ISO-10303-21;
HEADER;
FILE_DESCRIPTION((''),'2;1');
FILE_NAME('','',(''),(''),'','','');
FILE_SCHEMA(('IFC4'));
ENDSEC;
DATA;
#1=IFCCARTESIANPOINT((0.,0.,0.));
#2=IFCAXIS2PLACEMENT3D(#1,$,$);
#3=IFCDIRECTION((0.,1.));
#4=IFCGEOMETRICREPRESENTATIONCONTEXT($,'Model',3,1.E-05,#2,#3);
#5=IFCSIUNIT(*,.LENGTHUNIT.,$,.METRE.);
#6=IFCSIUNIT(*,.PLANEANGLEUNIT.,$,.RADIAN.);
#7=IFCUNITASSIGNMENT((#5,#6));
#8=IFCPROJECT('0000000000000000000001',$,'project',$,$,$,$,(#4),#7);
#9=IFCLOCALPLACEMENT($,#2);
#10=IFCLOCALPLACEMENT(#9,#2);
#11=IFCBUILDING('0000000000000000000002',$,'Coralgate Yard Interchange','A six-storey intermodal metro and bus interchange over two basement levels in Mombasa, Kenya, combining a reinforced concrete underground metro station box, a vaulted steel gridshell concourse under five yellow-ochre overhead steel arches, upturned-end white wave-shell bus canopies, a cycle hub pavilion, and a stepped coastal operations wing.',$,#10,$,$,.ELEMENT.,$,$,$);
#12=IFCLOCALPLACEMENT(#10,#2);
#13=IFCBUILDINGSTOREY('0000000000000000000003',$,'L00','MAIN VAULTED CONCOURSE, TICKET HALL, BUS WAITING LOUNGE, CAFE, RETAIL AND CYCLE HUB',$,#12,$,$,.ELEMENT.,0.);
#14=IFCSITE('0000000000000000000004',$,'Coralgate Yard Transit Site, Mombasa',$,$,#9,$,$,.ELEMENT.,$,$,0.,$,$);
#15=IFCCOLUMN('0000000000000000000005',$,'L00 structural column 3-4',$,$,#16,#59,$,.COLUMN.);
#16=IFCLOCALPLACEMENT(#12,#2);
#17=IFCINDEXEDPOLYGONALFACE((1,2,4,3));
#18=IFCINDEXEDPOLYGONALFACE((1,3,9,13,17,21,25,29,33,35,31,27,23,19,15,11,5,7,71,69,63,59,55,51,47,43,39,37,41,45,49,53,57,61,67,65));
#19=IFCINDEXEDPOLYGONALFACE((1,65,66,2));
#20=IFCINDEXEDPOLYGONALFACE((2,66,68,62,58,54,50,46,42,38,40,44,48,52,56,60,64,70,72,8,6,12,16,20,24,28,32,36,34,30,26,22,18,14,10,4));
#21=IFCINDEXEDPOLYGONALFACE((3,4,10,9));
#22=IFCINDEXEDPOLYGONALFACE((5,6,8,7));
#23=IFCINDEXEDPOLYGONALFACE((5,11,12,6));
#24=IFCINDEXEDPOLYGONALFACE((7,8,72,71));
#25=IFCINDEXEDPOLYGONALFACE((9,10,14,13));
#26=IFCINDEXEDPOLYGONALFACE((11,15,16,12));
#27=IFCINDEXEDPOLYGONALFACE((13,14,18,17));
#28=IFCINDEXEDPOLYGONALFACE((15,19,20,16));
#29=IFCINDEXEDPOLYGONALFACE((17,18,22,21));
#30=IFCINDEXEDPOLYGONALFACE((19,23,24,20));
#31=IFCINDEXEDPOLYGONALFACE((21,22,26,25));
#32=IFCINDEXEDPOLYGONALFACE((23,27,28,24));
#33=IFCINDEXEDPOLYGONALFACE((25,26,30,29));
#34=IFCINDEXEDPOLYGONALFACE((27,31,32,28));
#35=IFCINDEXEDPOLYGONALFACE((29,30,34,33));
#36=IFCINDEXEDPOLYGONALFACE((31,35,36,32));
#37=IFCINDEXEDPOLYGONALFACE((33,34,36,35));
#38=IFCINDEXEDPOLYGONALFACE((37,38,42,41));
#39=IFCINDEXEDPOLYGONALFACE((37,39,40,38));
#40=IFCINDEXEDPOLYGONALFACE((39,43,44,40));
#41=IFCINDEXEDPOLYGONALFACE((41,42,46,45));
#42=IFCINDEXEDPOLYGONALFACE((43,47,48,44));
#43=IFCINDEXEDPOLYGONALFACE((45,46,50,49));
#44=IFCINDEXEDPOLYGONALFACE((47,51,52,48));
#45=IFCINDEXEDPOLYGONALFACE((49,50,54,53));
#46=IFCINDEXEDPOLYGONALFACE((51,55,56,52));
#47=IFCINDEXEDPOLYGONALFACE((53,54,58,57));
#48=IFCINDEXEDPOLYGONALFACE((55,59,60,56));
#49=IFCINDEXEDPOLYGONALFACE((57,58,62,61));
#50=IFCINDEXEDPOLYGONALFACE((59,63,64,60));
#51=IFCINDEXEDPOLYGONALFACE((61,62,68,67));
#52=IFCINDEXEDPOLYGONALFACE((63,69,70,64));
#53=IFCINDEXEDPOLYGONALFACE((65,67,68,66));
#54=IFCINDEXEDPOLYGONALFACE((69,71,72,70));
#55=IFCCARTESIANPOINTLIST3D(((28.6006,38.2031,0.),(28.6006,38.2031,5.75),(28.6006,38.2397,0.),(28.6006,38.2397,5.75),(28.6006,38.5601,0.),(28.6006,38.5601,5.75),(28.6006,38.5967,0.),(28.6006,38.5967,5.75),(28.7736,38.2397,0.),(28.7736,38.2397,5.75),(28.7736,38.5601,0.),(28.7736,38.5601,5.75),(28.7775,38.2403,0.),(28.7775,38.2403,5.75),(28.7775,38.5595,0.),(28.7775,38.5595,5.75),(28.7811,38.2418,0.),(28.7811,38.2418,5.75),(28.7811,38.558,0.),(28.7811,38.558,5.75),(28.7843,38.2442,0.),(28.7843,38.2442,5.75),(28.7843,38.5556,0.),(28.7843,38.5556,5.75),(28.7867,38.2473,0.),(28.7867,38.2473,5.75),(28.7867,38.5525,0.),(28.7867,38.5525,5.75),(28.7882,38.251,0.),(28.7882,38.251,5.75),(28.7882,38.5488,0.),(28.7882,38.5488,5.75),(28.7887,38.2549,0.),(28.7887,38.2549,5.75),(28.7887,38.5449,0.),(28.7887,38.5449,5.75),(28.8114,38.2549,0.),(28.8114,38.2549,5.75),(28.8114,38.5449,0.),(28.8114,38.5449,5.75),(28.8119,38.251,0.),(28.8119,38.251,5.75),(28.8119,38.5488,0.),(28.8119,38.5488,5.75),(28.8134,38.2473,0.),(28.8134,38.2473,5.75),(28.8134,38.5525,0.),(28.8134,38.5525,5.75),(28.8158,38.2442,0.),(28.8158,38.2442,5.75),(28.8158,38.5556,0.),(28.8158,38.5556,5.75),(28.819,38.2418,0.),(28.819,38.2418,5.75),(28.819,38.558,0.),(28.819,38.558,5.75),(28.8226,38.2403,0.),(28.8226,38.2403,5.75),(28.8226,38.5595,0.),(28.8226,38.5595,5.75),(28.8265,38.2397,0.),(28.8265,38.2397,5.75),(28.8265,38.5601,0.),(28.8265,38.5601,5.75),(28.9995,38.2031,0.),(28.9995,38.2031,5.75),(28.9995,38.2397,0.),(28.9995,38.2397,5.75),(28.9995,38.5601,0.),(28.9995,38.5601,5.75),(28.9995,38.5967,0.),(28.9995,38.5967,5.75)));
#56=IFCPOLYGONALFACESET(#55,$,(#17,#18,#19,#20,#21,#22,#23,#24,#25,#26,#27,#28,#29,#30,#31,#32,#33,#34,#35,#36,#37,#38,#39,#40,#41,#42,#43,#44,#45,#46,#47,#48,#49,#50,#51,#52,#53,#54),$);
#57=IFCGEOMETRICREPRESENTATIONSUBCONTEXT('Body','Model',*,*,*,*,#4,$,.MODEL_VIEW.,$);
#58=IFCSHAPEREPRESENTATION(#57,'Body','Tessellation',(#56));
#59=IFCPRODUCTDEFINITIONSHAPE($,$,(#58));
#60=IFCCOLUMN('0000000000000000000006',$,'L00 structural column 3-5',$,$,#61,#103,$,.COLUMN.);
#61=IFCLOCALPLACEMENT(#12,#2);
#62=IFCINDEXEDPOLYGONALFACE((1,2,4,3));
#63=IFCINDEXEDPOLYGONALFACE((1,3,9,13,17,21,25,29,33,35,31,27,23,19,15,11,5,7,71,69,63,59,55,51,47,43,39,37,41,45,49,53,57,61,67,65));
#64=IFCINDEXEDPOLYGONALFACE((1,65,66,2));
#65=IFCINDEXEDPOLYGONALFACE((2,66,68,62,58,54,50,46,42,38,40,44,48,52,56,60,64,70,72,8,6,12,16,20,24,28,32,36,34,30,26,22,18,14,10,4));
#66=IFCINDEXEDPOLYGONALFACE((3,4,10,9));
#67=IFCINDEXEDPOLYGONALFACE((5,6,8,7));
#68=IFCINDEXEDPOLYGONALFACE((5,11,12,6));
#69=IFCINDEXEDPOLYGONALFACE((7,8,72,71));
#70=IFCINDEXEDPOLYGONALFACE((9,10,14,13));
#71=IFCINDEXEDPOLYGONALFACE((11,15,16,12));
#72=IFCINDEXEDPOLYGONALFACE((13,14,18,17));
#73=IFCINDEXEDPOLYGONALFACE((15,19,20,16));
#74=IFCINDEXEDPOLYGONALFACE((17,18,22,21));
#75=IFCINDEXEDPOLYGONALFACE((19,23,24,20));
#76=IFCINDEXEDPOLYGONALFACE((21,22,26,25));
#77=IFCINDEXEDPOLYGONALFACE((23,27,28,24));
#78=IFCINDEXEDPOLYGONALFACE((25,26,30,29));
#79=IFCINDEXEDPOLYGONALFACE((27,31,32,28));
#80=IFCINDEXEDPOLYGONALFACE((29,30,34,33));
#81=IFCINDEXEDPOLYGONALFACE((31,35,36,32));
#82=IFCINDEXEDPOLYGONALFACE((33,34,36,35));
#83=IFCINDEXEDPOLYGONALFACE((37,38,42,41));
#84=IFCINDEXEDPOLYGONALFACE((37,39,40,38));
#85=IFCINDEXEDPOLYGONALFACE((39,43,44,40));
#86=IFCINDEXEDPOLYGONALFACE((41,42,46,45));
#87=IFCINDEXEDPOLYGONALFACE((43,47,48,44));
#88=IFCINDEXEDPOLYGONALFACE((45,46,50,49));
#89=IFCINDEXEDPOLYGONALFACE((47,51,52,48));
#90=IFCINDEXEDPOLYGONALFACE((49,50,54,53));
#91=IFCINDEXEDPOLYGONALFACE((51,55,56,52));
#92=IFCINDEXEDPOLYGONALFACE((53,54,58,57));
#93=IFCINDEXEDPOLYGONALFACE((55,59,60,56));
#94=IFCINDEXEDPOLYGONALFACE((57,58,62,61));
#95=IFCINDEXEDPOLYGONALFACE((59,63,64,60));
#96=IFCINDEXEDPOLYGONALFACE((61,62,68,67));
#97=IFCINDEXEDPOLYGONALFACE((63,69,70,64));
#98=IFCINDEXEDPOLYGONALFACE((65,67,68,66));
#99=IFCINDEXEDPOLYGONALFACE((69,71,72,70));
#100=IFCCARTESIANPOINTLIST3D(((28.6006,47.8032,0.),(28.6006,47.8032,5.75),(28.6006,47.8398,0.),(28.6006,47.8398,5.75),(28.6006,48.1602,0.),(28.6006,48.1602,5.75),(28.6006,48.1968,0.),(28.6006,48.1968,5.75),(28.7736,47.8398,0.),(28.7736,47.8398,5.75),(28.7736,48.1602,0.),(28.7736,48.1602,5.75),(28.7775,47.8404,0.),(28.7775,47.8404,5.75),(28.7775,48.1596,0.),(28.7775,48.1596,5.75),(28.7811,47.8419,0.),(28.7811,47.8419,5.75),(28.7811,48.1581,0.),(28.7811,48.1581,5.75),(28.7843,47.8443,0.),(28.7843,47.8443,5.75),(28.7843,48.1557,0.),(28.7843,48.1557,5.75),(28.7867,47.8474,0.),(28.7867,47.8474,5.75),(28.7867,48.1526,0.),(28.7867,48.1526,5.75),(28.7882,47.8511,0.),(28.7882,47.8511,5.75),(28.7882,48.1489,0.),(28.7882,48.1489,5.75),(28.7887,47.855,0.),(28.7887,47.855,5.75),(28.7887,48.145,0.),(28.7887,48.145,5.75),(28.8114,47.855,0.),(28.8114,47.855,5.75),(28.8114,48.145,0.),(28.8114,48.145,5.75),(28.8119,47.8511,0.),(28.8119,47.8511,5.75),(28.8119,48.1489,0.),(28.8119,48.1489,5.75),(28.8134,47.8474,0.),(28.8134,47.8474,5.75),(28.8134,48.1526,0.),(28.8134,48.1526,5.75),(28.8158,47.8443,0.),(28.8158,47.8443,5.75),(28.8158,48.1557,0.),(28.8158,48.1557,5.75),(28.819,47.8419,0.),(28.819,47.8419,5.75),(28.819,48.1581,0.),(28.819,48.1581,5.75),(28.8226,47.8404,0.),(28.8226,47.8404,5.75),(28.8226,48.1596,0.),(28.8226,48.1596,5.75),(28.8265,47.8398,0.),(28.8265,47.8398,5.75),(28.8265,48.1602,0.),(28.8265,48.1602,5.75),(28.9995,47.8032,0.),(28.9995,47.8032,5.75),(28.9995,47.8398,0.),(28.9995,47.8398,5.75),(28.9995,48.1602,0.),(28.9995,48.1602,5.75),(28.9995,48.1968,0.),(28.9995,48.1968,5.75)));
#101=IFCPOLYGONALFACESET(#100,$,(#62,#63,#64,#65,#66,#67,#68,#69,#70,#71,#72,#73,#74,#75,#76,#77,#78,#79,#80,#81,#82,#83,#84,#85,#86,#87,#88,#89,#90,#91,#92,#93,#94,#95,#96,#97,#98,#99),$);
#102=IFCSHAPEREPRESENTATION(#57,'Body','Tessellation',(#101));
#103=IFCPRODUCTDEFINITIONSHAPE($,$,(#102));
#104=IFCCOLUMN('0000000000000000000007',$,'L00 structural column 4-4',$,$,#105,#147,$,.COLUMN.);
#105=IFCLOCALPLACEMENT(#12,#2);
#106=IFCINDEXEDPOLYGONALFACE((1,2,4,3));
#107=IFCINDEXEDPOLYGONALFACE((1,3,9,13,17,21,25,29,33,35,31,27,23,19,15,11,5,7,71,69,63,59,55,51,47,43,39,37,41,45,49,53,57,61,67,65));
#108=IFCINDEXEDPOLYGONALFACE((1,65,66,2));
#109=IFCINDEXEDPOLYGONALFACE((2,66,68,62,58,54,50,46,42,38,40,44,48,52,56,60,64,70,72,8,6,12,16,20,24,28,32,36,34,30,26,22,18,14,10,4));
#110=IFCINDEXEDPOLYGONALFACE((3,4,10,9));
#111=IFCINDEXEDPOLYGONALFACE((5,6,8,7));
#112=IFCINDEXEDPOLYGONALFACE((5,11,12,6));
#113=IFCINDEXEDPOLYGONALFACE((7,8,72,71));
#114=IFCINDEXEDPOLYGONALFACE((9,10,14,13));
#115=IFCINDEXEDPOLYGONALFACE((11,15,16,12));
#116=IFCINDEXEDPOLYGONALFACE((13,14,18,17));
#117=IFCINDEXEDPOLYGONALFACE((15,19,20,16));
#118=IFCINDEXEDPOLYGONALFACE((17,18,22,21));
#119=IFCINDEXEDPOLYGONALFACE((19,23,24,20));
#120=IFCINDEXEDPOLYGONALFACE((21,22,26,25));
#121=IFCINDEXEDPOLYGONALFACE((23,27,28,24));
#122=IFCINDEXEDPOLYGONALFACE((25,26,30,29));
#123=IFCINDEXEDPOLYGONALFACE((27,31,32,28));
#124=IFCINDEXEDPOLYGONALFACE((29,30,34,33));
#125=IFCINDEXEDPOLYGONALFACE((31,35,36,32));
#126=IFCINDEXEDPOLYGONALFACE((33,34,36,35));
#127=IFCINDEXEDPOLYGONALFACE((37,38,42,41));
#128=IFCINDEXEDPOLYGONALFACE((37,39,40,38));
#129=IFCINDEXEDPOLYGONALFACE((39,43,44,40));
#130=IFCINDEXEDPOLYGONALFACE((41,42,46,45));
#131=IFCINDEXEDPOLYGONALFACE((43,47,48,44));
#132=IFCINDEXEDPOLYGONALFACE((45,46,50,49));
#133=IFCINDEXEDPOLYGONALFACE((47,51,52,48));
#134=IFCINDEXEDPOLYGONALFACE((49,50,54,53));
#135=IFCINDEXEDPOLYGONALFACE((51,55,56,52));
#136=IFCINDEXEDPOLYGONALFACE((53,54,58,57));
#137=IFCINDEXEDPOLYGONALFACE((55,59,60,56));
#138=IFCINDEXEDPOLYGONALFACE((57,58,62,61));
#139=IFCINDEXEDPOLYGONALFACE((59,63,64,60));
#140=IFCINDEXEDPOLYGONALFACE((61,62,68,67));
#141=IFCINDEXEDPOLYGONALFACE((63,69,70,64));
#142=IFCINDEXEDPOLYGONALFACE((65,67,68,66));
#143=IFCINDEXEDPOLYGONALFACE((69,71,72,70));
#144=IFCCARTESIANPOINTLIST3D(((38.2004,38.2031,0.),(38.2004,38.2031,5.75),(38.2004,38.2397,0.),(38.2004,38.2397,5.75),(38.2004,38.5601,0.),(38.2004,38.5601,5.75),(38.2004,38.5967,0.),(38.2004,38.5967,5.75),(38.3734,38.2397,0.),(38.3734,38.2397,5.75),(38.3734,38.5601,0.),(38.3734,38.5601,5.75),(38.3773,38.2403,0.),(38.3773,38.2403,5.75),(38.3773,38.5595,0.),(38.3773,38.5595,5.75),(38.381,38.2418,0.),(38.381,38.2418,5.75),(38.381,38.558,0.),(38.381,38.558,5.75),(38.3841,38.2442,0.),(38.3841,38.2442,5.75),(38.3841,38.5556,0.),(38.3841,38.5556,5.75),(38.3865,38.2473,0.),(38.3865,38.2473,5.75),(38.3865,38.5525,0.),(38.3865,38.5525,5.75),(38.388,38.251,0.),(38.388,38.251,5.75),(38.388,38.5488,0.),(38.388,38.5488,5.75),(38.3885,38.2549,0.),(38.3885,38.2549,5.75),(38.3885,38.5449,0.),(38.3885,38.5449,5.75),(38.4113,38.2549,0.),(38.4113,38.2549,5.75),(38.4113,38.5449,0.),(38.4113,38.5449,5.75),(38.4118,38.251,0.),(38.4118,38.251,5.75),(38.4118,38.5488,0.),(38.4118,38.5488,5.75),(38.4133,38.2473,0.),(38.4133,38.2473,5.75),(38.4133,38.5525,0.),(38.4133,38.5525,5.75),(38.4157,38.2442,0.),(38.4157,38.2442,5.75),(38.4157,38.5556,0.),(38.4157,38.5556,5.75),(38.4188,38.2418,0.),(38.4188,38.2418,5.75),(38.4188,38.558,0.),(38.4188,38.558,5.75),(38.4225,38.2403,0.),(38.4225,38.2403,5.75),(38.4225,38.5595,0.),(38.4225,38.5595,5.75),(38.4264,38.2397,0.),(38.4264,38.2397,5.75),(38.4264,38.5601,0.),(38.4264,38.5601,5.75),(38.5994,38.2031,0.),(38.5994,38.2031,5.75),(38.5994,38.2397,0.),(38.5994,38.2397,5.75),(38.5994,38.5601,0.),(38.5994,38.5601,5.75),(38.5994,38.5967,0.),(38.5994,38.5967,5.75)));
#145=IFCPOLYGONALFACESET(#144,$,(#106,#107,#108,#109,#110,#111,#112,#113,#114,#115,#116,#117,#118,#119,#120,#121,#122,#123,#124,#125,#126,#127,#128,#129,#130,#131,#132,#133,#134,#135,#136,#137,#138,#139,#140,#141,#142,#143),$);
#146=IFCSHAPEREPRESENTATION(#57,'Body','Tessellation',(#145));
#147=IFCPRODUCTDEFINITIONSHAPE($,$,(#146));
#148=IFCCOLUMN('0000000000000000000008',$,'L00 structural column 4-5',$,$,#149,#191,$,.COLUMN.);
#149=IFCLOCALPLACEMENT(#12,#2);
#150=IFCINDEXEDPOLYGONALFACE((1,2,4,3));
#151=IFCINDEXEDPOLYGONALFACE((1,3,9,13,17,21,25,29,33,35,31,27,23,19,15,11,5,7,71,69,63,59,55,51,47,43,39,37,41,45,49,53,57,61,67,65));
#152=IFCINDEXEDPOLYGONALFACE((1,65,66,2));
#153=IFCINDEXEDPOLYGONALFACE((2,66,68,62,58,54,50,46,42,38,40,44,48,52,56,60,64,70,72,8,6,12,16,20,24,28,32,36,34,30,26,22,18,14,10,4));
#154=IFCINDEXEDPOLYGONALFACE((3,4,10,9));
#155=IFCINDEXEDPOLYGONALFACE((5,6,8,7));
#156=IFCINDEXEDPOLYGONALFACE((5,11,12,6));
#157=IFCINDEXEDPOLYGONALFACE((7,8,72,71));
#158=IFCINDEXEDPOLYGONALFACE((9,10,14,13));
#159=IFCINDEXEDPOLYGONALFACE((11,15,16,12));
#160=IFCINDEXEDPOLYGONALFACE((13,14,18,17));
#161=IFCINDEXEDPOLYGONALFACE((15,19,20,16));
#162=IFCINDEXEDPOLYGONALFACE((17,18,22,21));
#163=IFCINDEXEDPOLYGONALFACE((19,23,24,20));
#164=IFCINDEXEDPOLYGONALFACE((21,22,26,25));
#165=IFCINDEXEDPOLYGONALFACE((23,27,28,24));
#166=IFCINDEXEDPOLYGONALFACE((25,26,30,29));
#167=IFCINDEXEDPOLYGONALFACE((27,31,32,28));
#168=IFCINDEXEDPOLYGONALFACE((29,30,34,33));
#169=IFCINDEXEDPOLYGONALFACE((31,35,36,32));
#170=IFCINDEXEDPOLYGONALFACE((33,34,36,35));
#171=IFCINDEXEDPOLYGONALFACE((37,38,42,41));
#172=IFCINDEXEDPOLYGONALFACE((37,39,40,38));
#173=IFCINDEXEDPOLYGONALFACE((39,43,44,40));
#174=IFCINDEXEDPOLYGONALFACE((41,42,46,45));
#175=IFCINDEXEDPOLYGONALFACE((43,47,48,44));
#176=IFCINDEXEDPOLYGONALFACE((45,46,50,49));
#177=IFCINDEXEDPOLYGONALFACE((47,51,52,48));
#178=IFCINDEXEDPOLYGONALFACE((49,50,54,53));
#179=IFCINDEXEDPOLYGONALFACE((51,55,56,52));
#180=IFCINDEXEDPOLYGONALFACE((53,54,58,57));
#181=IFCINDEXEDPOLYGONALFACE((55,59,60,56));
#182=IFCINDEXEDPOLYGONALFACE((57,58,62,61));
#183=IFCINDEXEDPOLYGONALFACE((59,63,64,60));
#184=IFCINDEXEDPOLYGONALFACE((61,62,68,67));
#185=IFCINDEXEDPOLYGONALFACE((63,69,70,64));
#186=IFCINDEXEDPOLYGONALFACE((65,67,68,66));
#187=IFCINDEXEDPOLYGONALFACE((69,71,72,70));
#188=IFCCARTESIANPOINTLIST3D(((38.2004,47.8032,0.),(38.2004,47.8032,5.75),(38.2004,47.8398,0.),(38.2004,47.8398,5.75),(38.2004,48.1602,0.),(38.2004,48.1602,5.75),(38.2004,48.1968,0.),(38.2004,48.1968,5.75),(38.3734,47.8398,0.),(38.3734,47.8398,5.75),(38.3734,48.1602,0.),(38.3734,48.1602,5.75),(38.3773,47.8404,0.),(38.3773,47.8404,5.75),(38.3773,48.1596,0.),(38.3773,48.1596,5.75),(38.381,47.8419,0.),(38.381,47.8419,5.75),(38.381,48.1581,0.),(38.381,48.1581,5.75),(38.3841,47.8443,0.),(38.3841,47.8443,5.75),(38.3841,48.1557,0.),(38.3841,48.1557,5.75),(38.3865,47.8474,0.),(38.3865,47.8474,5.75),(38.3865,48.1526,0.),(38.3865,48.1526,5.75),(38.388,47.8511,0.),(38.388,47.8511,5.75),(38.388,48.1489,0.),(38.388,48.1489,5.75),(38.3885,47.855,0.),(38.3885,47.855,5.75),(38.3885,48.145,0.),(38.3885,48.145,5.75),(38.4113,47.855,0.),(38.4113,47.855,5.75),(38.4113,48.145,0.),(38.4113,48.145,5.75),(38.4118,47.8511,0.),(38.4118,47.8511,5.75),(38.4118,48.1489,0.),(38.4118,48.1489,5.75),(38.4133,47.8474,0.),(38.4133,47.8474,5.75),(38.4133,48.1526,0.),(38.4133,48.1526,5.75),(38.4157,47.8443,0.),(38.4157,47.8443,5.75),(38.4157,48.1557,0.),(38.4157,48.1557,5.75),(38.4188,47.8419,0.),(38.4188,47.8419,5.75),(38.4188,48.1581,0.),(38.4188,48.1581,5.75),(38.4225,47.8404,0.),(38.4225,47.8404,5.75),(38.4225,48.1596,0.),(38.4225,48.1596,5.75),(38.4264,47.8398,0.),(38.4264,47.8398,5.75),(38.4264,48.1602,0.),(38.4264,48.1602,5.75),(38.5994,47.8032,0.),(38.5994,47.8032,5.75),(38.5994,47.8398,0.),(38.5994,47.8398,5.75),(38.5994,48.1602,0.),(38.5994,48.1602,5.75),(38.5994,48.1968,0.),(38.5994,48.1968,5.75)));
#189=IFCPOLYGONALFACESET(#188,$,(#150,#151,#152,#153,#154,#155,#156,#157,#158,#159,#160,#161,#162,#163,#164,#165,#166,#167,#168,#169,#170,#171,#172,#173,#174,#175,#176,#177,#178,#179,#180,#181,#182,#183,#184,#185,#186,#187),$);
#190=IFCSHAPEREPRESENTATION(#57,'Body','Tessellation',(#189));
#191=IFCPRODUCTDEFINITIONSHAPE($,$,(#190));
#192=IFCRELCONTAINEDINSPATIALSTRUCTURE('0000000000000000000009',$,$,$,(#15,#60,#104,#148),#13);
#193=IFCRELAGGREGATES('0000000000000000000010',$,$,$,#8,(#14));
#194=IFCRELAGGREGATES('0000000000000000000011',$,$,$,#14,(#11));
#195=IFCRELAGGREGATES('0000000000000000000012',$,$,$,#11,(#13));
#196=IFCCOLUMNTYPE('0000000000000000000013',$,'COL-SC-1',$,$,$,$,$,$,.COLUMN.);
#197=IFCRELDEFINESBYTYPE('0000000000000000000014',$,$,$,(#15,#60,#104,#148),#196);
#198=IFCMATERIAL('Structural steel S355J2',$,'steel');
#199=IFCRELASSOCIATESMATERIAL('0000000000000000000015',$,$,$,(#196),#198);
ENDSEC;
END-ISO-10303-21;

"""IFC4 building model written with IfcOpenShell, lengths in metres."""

from ifc_helpers import new_model, si_unit, direction, frame, origin, origin_2d, place, context, subcontext, project, spatial, i_section, extrude, material, material_profile, profile_set, type_object, element, save


model = new_model("IFC4")

# Units and contexts
model_context = context("Model", 3, precision=1e-05, world=origin(), true_north=direction((0.0, 1.0)))
body_context = subcontext(model_context, "Body", "Model", "MODEL_VIEW")
ifc_project = project(units=[si_unit("LENGTHUNIT", "METRE"), si_unit("PLANEANGLEUNIT", "RADIAN")], contexts=[model_context])

# Site, building, storey
site_placement = place(None, origin())
site = spatial("IfcSite", under=ifc_project, at=site_placement, Name="Coralgate Yard Transit Site, Mombasa", CompositionType="ELEMENT", RefElevation=0.0)
building_placement = place(site_placement, origin())
building = spatial("IfcBuilding", under=site, at=building_placement, Name="Coralgate Yard Interchange", Description="A six-storey intermodal metro and bus interchange over two basement levels in Mombasa, Kenya, combining a reinforced concrete underground metro station box, a vaulted steel gridshell concourse under five yellow-ochre overhead steel arches, upturned-end white wave-shell bus canopies, a cycle hub pavilion, and a stepped coastal operations wing.", CompositionType="ELEMENT")
storey_placement = place(building_placement, origin())
storey = spatial("IfcBuildingStorey", under=building, at=storey_placement, Name="L00", Description="MAIN VAULTED CONCOURSE, TICKET HALL, BUS WAITING LOUNGE, CAFE, RETAIL AND CYCLE HUB", CompositionType="ELEMENT", Elevation=0.0)

# Columns
ifc_material_1 = material(Name="Structural steel S355J2", Category="steel")
ifc_material_profile_1 = material_profile(ifc_material_1, i_section(OverallWidth=0.3989, OverallDepth=0.3936, WebThickness=0.0227, FlangeThickness=0.0366, FilletRadius=0.0151, at=origin_2d()), Name="UC 356x406x287")
ifc_profile_set_1 = profile_set([ifc_material_profile_1], Name="Structural steel S355J2")
column_type = type_object("IfcColumnType", Name="COL-SC-1", PredefinedType="COLUMN", material=ifc_profile_set_1)
for number, where, z_axis, x_axis, name in (
    (1, (28.8, 38.3999, 0.0), (0.0, 0.0, 1.0), (1.0, 0.0, 0.0), "L00 structural column 3-4"),
    (2, (28.8, 48.0, 0.0), (0.0, 0.0, 1.0), (1.0, 0.0, 0.0), "L00 structural column 3-5"),
    (3, (38.3999, 38.3999, 0.0), (0.0, 0.0, 1.0), (1.0, 0.0, 0.0), "L00 structural column 4-4"),
    (4, (38.3999, 48.0, 0.0), (0.0, 0.0, 1.0), (1.0, 0.0, 0.0), "L00 structural column 4-5"),
):
    element("IfcColumn", number, at=place(storey_placement, frame(where, z_axis=z_axis, x_axis=x_axis)), inside=storey, type_object=column_type, Name=name, PredefinedType="COLUMN", context=body_context, shape_type="SweptSolid", body=[
        extrude(i_section(OverallWidth=0.3989, OverallDepth=0.3936, WebThickness=0.0227, FlangeThickness=0.0366, FilletRadius=0.0151, at=origin_2d()), origin(), (0.0, 0.0, 1.0), 5.75),
    ])

save(model, "model.ifc")
